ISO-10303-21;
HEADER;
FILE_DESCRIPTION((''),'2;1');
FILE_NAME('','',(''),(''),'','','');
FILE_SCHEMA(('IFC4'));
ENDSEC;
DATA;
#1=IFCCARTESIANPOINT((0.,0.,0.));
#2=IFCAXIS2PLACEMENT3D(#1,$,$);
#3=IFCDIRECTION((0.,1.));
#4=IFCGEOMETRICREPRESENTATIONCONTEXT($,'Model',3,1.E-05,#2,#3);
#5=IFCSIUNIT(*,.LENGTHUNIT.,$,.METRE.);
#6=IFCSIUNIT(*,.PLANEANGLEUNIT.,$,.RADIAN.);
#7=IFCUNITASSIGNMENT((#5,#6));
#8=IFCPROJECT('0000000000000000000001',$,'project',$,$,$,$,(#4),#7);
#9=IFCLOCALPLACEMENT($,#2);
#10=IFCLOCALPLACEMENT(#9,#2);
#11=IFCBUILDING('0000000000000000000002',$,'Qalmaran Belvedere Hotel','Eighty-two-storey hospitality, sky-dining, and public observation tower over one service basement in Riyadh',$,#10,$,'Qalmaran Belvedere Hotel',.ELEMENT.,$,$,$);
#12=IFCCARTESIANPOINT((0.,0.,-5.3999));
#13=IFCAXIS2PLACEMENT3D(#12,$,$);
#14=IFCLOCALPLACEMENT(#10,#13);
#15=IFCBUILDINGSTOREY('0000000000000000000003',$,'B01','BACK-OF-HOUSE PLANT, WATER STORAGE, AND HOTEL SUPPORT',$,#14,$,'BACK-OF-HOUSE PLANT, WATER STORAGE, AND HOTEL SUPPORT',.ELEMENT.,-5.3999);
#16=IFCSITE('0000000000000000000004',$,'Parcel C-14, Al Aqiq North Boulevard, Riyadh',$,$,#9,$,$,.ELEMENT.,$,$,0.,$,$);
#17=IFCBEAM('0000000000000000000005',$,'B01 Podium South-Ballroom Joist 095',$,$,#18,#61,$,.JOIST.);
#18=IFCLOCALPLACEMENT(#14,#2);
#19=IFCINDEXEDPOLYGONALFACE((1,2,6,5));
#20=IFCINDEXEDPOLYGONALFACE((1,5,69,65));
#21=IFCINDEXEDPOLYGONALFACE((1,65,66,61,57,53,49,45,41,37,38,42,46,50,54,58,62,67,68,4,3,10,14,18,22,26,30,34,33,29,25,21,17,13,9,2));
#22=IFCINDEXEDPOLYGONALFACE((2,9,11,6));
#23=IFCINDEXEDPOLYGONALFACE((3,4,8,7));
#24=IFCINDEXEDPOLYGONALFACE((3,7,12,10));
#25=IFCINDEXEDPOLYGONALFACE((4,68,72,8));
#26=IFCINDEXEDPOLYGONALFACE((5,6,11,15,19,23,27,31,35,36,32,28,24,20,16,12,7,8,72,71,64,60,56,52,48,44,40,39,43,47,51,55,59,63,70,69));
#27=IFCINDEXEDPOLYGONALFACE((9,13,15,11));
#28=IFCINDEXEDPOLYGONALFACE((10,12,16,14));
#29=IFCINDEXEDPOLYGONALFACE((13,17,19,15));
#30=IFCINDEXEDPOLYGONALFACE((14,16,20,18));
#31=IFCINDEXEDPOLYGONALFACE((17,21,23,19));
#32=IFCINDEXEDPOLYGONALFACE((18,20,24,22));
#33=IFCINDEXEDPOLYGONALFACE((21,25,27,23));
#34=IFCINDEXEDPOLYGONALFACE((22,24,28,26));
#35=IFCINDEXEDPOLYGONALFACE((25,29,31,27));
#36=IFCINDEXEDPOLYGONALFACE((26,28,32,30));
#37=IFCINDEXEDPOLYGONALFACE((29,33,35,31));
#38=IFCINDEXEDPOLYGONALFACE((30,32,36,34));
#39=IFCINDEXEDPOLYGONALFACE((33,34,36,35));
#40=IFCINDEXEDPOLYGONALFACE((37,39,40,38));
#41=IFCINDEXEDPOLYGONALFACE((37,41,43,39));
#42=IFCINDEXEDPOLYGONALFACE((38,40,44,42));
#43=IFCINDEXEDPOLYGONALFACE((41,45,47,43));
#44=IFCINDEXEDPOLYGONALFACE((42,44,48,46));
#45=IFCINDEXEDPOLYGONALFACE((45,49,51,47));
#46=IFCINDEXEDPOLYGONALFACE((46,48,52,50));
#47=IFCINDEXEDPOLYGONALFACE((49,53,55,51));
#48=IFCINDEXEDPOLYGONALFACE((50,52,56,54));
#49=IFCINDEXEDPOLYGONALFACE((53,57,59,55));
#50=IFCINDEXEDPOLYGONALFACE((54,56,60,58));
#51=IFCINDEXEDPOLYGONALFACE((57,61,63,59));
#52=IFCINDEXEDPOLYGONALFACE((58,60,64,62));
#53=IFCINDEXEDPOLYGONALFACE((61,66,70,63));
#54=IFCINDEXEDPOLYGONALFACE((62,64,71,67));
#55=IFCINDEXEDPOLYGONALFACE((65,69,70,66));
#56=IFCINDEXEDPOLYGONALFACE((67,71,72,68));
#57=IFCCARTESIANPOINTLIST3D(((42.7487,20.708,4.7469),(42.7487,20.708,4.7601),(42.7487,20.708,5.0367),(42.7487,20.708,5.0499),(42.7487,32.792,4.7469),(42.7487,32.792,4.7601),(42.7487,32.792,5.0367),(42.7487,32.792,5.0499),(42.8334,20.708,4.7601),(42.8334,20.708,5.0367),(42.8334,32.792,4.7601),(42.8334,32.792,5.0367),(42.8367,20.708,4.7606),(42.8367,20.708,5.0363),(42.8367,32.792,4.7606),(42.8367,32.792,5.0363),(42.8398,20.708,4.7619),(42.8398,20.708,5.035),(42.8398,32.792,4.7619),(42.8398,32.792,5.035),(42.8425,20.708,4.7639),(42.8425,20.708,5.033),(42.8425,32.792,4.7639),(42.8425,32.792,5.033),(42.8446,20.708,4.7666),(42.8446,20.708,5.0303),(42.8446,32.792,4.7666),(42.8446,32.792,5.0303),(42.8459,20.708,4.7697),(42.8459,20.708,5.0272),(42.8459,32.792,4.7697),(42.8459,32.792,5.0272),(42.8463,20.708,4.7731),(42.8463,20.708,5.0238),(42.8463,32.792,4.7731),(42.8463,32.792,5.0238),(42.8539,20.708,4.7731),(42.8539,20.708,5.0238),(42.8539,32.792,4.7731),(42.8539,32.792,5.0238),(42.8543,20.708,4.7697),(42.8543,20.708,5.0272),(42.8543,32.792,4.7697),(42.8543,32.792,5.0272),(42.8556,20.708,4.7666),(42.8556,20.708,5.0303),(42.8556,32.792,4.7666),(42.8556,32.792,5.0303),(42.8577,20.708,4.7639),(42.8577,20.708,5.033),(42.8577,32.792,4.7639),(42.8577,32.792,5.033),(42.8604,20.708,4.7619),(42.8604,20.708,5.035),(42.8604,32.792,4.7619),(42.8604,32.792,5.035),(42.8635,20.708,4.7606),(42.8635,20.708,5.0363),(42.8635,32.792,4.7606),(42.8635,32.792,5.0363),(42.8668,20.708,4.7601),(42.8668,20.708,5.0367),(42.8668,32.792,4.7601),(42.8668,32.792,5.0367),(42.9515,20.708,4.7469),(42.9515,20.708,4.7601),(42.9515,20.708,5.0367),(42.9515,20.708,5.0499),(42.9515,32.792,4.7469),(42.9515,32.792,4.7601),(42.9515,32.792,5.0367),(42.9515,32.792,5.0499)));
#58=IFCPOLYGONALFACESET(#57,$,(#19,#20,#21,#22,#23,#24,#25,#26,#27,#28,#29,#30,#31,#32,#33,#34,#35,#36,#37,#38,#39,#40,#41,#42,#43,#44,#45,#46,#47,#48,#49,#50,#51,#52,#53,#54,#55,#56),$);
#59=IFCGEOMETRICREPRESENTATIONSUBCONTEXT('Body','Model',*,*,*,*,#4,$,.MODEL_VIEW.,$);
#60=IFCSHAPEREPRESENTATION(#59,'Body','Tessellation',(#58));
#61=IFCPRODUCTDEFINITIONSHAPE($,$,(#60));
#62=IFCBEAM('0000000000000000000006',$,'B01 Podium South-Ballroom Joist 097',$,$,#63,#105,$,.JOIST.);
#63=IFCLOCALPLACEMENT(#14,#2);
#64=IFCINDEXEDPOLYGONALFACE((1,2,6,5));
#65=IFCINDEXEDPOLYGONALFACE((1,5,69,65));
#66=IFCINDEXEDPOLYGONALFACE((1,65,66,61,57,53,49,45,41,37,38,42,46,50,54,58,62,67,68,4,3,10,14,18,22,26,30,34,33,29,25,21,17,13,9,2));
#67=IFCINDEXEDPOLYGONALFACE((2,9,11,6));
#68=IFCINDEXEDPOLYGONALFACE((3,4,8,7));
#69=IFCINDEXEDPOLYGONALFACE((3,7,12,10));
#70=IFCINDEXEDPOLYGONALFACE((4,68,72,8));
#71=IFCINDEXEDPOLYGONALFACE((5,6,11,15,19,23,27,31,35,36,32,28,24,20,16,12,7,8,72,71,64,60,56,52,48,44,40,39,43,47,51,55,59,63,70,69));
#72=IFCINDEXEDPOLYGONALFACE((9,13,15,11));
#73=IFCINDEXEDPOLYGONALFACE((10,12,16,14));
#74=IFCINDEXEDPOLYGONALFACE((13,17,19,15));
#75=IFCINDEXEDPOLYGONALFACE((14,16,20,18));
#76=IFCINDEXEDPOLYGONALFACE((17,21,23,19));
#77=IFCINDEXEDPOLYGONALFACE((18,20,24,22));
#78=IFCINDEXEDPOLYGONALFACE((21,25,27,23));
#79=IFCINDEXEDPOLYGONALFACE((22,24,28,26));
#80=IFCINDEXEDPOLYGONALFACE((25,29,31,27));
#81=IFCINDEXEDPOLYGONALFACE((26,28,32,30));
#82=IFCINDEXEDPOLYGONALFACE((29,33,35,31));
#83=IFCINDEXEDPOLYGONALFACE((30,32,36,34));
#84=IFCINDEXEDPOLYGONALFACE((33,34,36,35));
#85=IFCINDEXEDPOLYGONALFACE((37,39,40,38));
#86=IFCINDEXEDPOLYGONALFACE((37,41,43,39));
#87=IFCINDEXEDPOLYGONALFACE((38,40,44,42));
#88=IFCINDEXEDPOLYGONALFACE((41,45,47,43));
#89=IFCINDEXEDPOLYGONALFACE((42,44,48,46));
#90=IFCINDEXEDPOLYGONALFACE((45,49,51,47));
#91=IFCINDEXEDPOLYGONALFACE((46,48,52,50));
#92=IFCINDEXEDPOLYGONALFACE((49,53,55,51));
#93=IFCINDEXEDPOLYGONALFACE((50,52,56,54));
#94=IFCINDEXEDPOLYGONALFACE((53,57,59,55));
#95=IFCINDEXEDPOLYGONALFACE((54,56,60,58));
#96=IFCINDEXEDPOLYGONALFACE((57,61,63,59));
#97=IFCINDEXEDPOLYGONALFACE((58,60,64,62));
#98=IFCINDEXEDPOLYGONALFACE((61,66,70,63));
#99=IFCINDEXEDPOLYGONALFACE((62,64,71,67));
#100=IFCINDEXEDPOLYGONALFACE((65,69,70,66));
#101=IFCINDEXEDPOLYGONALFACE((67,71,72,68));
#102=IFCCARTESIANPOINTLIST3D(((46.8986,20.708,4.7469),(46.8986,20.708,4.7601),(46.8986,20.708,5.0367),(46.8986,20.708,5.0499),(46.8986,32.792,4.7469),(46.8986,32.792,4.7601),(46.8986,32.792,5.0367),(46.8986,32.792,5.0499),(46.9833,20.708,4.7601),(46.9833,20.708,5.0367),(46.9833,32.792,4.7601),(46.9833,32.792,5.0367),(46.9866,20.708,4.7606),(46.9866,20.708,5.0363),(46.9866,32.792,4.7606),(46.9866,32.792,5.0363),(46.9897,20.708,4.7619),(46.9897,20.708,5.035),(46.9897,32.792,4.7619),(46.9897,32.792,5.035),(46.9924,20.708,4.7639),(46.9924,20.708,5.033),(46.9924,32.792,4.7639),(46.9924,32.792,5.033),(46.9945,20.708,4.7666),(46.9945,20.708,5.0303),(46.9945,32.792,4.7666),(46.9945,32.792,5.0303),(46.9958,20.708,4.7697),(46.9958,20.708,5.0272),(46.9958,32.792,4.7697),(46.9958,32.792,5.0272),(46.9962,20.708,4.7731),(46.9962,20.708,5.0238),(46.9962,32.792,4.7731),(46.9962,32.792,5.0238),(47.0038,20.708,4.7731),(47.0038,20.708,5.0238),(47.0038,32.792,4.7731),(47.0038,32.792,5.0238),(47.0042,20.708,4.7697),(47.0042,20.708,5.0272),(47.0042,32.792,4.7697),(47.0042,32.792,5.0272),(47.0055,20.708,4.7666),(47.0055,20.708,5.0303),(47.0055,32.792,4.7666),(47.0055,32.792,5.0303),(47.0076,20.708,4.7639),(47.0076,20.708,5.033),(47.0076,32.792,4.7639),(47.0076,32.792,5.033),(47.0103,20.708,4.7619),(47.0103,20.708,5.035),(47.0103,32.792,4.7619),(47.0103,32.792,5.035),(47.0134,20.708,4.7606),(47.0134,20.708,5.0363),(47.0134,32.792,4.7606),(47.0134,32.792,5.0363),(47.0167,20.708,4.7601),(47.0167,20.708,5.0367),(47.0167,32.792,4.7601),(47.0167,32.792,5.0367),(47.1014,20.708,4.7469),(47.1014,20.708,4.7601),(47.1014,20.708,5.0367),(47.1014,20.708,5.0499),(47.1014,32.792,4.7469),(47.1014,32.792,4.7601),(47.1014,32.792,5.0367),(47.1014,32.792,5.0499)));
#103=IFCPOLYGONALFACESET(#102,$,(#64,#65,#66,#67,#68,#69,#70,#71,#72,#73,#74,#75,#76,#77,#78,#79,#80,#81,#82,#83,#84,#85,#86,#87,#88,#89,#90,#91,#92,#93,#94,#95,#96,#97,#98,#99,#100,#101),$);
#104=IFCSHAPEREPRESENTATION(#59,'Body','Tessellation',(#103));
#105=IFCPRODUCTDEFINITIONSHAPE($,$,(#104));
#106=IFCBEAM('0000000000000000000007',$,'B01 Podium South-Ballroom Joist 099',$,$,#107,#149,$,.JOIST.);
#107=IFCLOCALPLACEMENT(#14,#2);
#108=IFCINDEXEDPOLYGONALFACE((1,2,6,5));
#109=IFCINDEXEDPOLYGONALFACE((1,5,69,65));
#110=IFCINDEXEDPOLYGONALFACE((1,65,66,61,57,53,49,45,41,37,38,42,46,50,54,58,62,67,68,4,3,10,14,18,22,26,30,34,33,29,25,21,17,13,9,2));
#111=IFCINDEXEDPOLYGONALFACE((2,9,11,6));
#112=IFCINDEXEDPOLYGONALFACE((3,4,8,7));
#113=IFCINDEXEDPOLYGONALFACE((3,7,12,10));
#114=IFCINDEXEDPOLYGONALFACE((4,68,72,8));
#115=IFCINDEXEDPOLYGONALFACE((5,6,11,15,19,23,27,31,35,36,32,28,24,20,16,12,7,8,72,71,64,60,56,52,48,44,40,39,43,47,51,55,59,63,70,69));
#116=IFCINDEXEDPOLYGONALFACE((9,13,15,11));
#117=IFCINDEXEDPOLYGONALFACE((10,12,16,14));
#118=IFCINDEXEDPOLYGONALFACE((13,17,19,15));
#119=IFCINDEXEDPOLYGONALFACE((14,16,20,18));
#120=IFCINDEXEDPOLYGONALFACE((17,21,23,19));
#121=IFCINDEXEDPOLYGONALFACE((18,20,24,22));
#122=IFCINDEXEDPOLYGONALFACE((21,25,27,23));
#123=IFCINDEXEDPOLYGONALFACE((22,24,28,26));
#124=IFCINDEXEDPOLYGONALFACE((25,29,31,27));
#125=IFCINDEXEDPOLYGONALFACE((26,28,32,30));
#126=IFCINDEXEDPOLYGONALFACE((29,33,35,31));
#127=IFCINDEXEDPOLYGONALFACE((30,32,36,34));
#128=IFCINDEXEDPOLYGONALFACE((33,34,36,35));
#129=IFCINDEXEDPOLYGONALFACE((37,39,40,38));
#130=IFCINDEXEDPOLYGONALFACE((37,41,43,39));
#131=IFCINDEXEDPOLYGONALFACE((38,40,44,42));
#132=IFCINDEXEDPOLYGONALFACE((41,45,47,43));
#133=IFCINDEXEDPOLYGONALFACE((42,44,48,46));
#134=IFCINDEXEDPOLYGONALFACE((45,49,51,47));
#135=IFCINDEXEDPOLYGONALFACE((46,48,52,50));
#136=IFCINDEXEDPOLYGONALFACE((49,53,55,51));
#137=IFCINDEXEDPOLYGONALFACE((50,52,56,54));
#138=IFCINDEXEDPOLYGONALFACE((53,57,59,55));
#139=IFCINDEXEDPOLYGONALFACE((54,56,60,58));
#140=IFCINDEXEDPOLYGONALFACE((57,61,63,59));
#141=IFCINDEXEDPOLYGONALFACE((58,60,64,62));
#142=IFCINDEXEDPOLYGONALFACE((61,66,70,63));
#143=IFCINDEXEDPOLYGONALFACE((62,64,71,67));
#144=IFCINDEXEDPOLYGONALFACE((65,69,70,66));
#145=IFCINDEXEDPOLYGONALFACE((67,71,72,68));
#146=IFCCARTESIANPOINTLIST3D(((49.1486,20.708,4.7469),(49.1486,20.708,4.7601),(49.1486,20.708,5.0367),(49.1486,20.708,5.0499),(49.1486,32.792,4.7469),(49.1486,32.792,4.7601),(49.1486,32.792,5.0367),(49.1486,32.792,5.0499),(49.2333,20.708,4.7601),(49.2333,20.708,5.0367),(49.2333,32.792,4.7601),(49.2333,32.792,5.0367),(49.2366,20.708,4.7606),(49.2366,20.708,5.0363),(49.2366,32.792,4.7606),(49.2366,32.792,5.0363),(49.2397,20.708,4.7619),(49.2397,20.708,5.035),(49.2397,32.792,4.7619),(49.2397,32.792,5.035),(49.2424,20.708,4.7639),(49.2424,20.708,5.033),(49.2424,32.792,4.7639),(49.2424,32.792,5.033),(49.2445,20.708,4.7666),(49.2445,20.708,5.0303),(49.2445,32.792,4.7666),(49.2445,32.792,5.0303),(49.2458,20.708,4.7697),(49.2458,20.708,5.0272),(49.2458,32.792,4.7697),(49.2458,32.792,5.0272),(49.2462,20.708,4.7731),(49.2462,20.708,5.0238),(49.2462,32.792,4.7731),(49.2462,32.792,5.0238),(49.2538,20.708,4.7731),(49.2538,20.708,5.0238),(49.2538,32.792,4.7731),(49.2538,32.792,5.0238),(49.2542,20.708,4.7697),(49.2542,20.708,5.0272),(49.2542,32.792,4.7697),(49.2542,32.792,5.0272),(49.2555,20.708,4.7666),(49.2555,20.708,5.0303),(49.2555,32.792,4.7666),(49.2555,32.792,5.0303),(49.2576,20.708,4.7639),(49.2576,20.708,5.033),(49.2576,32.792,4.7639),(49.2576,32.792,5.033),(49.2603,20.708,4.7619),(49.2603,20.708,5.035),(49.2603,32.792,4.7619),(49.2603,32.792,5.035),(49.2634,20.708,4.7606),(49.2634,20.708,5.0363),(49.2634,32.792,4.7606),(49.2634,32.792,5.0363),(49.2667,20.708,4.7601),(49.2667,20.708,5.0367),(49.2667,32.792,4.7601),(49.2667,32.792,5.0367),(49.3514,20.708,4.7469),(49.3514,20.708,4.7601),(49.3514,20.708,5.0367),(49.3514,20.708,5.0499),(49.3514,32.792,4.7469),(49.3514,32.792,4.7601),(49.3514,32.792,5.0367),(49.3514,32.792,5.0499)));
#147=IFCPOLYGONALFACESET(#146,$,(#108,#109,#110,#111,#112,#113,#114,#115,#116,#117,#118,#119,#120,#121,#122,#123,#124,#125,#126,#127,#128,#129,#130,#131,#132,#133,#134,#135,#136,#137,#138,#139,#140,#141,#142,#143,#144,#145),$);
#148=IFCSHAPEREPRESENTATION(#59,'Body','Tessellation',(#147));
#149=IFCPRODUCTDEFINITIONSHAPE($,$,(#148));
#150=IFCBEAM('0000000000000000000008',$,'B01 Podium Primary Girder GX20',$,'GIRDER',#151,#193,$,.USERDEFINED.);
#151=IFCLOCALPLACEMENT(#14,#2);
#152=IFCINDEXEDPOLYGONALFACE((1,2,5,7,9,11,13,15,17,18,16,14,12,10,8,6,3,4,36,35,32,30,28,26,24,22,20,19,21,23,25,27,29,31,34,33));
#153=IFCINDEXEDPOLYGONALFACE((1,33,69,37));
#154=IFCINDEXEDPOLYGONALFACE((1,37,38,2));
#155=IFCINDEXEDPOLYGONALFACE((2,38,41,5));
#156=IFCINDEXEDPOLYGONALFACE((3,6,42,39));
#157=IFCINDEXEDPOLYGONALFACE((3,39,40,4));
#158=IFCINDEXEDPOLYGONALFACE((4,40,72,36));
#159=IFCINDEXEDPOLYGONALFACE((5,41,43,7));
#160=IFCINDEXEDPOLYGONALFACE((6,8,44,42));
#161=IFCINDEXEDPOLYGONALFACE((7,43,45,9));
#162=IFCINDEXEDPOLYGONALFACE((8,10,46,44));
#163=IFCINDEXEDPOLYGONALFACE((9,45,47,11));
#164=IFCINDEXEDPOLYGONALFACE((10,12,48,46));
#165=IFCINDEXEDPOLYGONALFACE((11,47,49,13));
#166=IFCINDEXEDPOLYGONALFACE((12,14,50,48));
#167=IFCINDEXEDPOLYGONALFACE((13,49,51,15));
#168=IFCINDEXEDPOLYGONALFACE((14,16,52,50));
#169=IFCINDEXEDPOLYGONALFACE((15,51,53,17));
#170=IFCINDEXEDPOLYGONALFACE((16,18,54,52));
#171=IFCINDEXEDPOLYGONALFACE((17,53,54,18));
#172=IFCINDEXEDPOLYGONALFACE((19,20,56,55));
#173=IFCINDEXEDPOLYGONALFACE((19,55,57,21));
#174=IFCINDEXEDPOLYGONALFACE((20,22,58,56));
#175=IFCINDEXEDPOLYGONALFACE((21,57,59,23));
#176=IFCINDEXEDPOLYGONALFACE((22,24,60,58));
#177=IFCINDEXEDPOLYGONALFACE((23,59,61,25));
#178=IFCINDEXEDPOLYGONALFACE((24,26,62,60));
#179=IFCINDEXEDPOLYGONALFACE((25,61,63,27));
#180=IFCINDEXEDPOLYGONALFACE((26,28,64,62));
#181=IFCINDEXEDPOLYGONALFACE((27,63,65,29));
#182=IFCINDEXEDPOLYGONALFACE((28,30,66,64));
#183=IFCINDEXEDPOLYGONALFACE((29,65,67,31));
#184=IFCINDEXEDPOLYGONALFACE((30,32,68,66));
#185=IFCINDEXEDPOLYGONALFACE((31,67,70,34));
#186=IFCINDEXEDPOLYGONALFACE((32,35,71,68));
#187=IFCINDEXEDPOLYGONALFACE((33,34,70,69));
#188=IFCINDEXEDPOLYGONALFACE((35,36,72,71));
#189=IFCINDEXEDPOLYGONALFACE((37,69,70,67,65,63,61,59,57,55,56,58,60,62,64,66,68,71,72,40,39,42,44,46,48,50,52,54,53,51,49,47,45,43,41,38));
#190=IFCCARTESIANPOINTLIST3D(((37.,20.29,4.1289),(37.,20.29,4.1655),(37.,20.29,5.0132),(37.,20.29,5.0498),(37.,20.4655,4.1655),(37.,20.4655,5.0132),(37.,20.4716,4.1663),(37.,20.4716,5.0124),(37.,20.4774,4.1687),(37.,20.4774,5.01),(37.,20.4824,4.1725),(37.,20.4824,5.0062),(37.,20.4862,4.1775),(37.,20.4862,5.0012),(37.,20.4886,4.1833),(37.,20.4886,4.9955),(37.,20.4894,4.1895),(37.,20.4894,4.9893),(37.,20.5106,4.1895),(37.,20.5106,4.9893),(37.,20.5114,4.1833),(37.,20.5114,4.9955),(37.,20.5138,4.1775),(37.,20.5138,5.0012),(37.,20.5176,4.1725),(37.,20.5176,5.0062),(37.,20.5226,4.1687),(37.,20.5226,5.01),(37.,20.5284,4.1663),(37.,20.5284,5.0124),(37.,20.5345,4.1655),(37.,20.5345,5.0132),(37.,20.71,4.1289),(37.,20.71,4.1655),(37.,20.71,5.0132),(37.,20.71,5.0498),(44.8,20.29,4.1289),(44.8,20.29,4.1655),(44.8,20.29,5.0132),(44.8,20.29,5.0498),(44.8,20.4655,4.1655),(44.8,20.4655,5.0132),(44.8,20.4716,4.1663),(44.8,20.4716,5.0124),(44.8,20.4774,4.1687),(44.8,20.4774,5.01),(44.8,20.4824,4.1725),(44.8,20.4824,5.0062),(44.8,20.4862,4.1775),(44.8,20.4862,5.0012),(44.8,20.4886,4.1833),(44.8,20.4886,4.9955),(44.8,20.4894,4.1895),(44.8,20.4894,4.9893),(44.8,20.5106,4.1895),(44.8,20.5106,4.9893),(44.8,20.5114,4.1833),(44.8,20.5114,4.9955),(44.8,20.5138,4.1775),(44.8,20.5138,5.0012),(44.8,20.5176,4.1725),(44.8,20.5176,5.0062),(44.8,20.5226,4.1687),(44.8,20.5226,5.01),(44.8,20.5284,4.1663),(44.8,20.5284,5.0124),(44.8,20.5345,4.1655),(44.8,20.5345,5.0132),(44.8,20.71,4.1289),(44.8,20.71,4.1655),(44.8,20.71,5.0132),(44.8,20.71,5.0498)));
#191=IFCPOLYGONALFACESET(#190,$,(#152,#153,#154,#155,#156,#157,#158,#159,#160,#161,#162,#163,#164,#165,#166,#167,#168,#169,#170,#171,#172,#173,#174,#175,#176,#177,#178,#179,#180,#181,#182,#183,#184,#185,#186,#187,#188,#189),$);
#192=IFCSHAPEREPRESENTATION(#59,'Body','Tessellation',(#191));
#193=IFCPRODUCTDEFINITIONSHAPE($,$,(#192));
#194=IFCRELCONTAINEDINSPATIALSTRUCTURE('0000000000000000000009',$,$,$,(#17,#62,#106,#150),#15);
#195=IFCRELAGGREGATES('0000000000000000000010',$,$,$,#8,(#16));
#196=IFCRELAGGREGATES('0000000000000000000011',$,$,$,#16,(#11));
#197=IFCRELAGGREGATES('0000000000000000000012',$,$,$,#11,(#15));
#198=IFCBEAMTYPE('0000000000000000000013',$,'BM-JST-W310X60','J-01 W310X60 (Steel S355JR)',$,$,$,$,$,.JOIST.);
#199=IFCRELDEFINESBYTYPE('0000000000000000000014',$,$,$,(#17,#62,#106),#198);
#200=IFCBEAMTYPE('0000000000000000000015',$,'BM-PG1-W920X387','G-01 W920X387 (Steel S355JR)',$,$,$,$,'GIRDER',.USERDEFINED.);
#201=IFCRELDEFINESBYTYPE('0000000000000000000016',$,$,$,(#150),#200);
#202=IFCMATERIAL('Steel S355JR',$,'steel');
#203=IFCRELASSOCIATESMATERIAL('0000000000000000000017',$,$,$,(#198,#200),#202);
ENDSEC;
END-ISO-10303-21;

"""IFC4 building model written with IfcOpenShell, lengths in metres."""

from ifc_helpers import new_model, si_unit, direction, frame, origin, origin_2d, place, context, subcontext, project, spatial, i_section, extrude, material, material_profile, profile_set, type_object, element, save


model = new_model("IFC4")

# Units and contexts
model_context = context("Model", 3, precision=1e-05, world=origin(), true_north=direction((0.0, 1.0)))
body_context = subcontext(model_context, "Body", "Model", "MODEL_VIEW")
ifc_project = project(units=[si_unit("LENGTHUNIT", "METRE"), si_unit("PLANEANGLEUNIT", "RADIAN")], contexts=[model_context])

# Site, building, storey
site_placement = place(None, origin())
site = spatial("IfcSite", under=ifc_project, at=site_placement, Name="Parcel C-14, Al Aqiq North Boulevard, Riyadh", CompositionType="ELEMENT", RefElevation=0.0)
building_placement = place(site_placement, origin())
building = spatial("IfcBuilding", under=site, at=building_placement, Name="Qalmaran Belvedere Hotel", Description="Eighty-two-storey hospitality, sky-dining, and public observation tower over one service basement in Riyadh", LongName="Qalmaran Belvedere Hotel", CompositionType="ELEMENT")
storey_placement = place(building_placement, frame((0.0, 0.0, -5.3999)))
storey = spatial("IfcBuildingStorey", under=building, at=storey_placement, Name="B01", Description="BACK-OF-HOUSE PLANT, WATER STORAGE, AND HOTEL SUPPORT", LongName="BACK-OF-HOUSE PLANT, WATER STORAGE, AND HOTEL SUPPORT", CompositionType="ELEMENT", Elevation=-5.3999)

# Beams
ifc_material_1 = material(Name="Steel S355JR", Category="steel")
ifc_material_profile_1 = material_profile(ifc_material_1, i_section(OverallWidth=0.2029, OverallDepth=0.303, WebThickness=0.0076, FlangeThickness=0.0132, FilletRadius=0.0129, at=origin_2d()), Name="W310X60")
ifc_profile_set_1 = profile_set([ifc_material_profile_1], Name="Steel S355JR")
beam_type_1 = type_object("IfcBeamType", Name="BM-JST-W310X60", Description="J-01 W310X60 (Steel S355JR)", PredefinedType="JOIST", material=ifc_profile_set_1)
for number, where, z_axis, x_axis, name in (
    (1, (42.8501, 20.708, 4.8984), (0.0, 1.0, 0.0), (-1.0, 0.0, 0.0), "B01 Podium South-Ballroom Joist 095"),
    (2, (47.0, 20.708, 4.8984), (0.0, 1.0, 0.0), (-1.0, 0.0, 0.0), "B01 Podium South-Ballroom Joist 097"),
    (3, (49.25, 20.708, 4.8984), (0.0, 1.0, 0.0), (-1.0, 0.0, 0.0), "B01 Podium South-Ballroom Joist 099"),
):
    element("IfcBeam", number, at=place(storey_placement, frame(where, z_axis=z_axis, x_axis=x_axis)), inside=storey, type_object=beam_type_1, Name=name, PredefinedType="JOIST", context=body_context, shape_type="SweptSolid", body=[
        extrude(i_section(OverallWidth=0.2029, OverallDepth=0.303, WebThickness=0.0076, FlangeThickness=0.0132, FilletRadius=0.0129, at=origin_2d()), origin(), (0.0, 0.0, 1.0), 12.084),
    ])
ifc_material_profile_2 = material_profile(ifc_material_1, i_section(OverallWidth=0.4199, OverallDepth=0.9209, WebThickness=0.0212, FlangeThickness=0.0366, FilletRadius=0.0239, at=origin_2d()), Name="W920X387")
ifc_profile_set_2 = profile_set([ifc_material_profile_2], Name="Steel S355JR")
beam_type_2 = type_object("IfcBeamType", Name="BM-PG1-W920X387", Description="G-01 W920X387 (Steel S355JR)", ElementType="GIRDER", PredefinedType="USERDEFINED", material=ifc_profile_set_2)
beam_1_placement = place(storey_placement, frame((37.0, 20.5, 4.5894), z_axis=(1.0, 0.0, 0.0), x_axis=(0.0, 1.0, 0.0)))
element("IfcBeam", 4, at=beam_1_placement, inside=storey, type_object=beam_type_2, Name="B01 Podium Primary Girder GX20", ObjectType="GIRDER", PredefinedType="USERDEFINED", context=body_context, shape_type="SweptSolid", body=[
    extrude(i_section(OverallWidth=0.4199, OverallDepth=0.9209, WebThickness=0.0212, FlangeThickness=0.0366, FilletRadius=0.0239, at=origin_2d()), origin(), (0.0, 0.0, 1.0), 7.8),
])

save(model, "model.ifc")
